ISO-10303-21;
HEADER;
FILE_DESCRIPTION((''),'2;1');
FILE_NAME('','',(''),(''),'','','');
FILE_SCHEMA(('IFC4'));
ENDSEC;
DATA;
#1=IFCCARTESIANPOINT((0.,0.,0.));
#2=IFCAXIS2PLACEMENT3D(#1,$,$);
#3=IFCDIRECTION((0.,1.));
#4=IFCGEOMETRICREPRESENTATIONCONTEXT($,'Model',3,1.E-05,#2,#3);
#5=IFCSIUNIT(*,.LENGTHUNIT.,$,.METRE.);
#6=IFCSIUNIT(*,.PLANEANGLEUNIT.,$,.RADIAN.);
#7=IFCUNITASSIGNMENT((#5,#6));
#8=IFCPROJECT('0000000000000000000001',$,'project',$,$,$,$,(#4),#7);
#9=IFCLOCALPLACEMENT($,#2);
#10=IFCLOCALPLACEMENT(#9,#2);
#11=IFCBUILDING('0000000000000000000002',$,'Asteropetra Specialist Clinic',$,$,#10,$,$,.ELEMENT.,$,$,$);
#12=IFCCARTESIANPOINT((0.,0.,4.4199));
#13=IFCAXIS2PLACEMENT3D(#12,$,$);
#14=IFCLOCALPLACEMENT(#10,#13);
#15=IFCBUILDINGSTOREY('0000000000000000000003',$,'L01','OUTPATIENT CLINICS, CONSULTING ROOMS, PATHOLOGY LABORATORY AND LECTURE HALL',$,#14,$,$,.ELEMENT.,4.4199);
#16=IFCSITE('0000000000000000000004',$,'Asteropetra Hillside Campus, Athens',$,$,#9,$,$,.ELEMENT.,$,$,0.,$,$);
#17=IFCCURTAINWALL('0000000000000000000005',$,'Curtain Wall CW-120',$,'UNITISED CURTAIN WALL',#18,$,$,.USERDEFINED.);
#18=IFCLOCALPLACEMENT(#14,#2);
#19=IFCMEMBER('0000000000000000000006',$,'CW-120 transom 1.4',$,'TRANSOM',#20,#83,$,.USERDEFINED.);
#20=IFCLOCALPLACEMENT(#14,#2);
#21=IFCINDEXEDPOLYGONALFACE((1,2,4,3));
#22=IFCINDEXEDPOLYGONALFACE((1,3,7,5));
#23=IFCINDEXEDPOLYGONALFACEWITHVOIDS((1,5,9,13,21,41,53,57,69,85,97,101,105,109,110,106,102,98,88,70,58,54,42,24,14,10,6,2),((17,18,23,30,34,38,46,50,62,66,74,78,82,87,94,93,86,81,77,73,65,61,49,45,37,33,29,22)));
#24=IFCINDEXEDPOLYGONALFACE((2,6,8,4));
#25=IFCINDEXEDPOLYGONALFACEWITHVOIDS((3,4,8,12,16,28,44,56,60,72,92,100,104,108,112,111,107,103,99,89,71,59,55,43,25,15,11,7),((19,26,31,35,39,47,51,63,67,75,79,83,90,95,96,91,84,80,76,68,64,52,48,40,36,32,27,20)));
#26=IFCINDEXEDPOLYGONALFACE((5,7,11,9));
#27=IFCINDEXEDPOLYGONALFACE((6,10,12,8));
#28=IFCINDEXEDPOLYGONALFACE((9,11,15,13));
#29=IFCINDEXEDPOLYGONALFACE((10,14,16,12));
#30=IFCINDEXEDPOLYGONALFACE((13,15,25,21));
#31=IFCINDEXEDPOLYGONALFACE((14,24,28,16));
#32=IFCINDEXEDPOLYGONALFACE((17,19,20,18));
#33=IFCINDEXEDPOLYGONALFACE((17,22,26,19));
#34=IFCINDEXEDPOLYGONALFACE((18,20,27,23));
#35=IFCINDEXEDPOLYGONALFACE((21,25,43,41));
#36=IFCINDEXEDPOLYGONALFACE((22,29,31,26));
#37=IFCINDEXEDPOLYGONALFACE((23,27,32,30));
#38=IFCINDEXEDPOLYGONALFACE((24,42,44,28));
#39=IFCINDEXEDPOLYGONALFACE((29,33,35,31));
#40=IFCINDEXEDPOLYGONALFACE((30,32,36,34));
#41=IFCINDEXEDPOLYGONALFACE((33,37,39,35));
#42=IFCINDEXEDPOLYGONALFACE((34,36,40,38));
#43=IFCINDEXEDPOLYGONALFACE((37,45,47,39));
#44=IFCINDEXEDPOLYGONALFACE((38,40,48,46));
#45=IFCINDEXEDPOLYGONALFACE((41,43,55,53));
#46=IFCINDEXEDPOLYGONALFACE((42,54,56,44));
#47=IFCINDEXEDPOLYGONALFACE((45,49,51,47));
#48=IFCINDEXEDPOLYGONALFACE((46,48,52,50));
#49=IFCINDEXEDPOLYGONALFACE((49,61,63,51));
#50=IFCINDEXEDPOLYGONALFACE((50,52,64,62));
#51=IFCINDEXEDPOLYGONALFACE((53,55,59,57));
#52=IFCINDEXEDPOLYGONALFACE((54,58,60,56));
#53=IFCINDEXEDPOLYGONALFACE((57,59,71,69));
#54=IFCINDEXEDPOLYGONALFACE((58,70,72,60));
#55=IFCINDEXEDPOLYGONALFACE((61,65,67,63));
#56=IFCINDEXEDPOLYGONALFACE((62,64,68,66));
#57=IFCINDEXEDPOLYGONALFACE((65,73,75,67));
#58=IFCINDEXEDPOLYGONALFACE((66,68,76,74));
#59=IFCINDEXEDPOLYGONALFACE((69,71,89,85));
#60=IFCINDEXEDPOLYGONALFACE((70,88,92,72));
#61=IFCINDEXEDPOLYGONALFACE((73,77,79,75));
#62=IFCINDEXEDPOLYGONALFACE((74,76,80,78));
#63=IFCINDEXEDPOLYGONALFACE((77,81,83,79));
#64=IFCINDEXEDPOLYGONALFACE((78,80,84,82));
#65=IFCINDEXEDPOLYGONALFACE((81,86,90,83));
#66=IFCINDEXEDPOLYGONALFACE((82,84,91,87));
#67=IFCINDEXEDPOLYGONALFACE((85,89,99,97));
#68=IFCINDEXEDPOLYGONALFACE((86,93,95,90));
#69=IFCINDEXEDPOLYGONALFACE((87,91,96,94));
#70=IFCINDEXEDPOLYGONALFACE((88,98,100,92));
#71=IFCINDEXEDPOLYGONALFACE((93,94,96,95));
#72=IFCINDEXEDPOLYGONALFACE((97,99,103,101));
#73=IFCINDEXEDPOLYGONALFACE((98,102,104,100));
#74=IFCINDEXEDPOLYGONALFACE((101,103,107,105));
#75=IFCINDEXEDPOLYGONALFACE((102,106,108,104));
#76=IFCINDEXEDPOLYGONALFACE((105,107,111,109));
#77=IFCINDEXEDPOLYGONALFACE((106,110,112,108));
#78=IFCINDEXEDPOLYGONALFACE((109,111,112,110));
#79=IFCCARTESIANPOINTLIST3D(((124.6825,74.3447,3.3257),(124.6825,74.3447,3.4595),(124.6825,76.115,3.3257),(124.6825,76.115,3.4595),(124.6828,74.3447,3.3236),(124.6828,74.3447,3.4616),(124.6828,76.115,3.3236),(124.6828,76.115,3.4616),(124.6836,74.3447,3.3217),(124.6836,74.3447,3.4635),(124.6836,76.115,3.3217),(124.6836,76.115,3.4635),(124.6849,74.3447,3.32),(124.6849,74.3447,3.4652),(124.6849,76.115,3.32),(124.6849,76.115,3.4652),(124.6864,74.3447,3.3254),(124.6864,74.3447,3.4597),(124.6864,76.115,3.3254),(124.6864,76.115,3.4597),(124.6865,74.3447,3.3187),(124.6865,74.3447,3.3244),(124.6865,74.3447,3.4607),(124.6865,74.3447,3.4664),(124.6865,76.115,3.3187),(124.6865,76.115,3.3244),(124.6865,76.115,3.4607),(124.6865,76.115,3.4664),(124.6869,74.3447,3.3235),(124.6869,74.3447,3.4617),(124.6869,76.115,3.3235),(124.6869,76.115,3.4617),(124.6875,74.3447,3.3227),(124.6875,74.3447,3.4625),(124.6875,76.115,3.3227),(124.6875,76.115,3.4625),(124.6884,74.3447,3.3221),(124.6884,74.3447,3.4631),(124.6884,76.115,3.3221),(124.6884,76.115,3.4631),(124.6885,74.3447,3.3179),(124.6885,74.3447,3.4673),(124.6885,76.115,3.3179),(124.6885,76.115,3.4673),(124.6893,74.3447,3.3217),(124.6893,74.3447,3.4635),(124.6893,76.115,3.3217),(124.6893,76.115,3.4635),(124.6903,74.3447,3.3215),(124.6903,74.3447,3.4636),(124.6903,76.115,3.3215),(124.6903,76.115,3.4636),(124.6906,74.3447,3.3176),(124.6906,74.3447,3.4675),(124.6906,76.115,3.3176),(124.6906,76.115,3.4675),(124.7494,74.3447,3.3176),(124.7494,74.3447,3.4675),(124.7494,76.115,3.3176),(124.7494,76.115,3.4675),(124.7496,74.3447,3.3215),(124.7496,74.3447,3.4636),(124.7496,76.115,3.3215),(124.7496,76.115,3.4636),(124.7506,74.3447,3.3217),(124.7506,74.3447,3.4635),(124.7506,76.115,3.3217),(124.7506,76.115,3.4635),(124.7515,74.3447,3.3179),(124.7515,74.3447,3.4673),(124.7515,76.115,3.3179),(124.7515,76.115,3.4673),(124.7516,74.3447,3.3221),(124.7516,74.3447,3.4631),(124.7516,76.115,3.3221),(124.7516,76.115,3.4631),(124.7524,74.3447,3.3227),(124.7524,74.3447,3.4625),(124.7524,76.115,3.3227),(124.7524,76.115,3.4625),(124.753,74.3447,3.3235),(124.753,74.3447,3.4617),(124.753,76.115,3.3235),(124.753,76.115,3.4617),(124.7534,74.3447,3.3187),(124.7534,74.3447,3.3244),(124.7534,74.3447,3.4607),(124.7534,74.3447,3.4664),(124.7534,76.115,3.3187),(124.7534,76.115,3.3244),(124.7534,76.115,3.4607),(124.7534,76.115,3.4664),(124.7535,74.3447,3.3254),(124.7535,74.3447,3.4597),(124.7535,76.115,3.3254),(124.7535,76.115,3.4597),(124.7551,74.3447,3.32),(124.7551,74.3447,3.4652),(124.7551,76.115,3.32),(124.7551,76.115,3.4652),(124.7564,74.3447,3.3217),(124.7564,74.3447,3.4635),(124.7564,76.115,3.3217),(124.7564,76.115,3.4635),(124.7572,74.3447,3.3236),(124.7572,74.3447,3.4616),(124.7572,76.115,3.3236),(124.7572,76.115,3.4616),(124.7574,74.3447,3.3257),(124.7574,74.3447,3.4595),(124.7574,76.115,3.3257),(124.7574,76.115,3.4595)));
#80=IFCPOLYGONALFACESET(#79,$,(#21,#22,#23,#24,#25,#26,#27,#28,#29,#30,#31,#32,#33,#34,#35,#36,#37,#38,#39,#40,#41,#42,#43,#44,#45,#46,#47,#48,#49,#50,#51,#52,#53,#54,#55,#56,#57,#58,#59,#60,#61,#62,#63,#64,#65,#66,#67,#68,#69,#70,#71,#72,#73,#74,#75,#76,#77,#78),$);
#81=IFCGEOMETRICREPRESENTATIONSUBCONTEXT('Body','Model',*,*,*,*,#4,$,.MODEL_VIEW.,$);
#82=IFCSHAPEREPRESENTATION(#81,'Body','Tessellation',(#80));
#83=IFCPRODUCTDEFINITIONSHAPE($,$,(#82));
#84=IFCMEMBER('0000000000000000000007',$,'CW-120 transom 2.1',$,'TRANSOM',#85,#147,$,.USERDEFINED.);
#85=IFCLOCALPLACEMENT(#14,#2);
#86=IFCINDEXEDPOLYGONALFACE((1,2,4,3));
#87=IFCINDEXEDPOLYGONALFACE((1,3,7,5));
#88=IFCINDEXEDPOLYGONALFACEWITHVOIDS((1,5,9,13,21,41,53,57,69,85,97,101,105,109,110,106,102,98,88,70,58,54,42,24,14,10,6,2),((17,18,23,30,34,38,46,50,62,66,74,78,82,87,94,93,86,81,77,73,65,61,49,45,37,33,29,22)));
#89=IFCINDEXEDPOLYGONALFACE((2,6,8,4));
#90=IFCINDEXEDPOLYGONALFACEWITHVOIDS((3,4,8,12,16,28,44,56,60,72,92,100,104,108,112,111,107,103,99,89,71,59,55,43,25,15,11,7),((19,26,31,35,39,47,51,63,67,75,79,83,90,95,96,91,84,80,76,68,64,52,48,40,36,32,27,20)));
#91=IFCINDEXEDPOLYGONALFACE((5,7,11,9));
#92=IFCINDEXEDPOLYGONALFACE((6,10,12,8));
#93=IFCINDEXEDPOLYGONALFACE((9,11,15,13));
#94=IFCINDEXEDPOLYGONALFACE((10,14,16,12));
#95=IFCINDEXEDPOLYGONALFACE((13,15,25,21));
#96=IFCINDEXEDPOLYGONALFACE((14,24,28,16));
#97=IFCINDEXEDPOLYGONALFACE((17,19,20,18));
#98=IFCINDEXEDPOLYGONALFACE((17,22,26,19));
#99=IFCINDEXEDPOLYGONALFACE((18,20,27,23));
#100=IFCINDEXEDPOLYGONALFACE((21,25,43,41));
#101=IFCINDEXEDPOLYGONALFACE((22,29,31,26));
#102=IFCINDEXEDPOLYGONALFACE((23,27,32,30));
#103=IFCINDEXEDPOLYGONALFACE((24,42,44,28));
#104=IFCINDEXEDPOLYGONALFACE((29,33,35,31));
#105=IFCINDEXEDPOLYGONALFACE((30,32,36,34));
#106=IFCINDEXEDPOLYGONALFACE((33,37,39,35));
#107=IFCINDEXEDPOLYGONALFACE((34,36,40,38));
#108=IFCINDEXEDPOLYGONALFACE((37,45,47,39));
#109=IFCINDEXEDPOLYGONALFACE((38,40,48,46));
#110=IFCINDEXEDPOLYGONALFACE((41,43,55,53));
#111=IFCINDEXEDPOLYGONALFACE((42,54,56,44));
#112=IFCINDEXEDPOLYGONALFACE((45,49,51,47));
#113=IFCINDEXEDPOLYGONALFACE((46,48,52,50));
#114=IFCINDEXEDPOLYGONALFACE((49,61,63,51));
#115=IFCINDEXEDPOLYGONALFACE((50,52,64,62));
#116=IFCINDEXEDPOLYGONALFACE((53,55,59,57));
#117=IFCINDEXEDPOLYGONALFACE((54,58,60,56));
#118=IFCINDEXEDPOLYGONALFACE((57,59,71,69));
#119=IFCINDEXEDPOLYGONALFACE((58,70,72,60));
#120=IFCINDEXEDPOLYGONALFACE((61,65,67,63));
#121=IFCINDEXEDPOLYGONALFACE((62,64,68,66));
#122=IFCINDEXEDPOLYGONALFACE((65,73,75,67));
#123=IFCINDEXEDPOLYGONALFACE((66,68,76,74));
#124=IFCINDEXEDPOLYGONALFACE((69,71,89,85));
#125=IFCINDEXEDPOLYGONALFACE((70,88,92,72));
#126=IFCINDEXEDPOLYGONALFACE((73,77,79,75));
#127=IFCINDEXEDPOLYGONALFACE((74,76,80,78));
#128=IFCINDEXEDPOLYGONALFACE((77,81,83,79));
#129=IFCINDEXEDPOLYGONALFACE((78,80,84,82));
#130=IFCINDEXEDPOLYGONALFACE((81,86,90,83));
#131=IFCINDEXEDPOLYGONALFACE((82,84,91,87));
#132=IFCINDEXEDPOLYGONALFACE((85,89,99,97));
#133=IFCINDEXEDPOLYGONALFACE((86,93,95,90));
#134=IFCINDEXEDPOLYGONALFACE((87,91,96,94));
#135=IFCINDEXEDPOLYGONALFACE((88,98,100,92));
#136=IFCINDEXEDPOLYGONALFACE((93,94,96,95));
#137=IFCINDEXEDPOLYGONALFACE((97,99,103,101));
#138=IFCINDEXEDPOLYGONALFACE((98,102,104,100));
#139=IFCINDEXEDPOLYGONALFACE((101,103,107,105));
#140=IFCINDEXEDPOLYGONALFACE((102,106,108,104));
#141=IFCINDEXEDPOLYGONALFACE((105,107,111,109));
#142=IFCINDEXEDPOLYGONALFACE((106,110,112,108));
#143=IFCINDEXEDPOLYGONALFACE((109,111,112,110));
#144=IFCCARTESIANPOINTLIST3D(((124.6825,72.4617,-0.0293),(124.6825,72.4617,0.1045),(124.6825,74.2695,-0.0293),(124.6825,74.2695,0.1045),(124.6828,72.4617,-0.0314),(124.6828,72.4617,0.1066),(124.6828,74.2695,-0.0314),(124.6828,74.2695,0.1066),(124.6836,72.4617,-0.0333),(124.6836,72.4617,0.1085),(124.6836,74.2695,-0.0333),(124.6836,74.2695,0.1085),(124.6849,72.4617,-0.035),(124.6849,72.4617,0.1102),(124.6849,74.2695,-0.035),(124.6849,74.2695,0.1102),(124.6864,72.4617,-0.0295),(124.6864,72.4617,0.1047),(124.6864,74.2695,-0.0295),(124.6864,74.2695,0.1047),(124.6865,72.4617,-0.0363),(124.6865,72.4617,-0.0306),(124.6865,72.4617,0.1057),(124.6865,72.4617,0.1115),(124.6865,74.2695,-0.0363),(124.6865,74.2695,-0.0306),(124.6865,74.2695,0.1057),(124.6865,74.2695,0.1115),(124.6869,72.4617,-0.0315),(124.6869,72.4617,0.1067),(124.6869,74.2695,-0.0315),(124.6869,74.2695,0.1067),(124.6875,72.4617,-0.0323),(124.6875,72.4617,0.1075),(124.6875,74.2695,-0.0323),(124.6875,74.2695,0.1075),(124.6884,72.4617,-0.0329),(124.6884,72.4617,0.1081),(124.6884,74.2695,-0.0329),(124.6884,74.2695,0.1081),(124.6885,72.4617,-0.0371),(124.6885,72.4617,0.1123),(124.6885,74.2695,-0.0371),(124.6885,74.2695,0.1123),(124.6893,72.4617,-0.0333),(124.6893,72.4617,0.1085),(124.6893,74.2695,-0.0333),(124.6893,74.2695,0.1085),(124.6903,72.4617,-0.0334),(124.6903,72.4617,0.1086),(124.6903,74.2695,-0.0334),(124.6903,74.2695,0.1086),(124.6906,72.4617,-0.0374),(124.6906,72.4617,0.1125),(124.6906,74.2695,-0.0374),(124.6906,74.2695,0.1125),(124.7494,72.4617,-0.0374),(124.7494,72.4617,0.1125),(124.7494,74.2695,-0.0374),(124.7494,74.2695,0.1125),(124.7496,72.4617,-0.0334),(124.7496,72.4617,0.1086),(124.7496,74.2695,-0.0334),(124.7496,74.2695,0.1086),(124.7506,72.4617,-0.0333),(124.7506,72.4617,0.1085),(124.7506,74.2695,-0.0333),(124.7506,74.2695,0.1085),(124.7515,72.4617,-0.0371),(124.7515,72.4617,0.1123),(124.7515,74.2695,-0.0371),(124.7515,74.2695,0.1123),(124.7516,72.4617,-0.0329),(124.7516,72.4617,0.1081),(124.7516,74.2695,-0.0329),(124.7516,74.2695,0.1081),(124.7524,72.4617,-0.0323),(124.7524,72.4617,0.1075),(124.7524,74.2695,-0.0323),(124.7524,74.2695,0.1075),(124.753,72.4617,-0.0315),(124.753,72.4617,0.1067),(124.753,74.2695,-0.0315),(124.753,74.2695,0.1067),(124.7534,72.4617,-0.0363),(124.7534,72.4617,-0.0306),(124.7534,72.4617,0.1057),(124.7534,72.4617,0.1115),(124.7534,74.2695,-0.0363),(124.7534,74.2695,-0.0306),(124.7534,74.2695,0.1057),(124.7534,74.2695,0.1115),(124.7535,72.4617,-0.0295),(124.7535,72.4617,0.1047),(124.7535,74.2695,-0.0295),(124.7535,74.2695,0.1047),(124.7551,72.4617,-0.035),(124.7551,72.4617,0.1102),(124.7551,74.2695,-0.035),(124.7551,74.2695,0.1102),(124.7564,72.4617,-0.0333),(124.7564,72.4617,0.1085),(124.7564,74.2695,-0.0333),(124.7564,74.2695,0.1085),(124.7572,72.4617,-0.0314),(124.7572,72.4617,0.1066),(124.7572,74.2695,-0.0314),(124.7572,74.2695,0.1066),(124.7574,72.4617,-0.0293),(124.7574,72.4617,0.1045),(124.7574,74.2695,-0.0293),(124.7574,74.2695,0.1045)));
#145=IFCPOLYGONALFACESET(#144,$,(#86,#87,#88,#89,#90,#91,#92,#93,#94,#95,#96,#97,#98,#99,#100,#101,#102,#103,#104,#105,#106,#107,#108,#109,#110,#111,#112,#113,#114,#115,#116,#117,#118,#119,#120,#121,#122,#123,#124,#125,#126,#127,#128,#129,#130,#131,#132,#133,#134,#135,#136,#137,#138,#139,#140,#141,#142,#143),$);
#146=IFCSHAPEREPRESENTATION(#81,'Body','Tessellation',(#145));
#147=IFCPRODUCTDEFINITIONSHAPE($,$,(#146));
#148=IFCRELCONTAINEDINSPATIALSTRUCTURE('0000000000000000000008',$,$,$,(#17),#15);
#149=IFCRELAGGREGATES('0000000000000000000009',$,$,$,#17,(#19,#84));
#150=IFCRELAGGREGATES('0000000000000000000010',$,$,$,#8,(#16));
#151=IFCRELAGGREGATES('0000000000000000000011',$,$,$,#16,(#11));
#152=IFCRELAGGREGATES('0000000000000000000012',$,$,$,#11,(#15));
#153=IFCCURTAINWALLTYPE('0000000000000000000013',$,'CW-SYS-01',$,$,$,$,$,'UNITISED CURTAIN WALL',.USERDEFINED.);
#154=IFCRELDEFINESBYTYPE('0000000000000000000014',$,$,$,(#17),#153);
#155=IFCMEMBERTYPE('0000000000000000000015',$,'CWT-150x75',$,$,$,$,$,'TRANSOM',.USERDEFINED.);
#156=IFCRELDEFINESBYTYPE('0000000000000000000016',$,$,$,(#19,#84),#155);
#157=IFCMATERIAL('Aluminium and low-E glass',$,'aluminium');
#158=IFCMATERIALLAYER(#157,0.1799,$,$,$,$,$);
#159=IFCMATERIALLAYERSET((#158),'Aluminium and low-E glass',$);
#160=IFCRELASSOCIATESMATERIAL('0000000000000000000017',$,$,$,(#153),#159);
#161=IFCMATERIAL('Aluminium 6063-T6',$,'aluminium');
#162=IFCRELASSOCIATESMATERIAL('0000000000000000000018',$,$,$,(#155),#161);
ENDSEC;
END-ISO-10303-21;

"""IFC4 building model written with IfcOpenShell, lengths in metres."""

from ifc_helpers import new_model, si_unit, direction, frame, origin, origin_2d, place, context, subcontext, project, spatial, hollow_rectangle, extrude, material, layer, layer_set, material_profile, profile_set, type_object, element, aggregate, save


model = new_model("IFC4")

# Units and contexts
model_context = context("Model", 3, precision=1e-05, world=origin(), true_north=direction((0.0, 1.0)))
body_context = subcontext(model_context, "Body", "Model", "MODEL_VIEW")
ifc_project = project(units=[si_unit("LENGTHUNIT", "METRE"), si_unit("PLANEANGLEUNIT", "RADIAN")], contexts=[model_context])

# Site, building, storey
site_placement = place(None, origin())
site = spatial("IfcSite", under=ifc_project, at=site_placement, Name="Asteropetra Hillside Campus, Athens", CompositionType="ELEMENT", RefElevation=0.0)
building_placement = place(site_placement, origin())
building = spatial("IfcBuilding", under=site, at=building_placement, Name="Asteropetra Specialist Clinic", CompositionType="ELEMENT")
storey_placement = place(building_placement, frame((0.0, 0.0, 4.4199)))
storey = spatial("IfcBuildingStorey", under=building, at=storey_placement, Name="L01", Description="OUTPATIENT CLINICS, CONSULTING ROOMS, PATHOLOGY LABORATORY AND LECTURE HALL", CompositionType="ELEMENT", Elevation=4.4199)

# Curtain wall, members
ifc_material_1 = material(Name="Aluminium and low-E glass", Category="aluminium")
ifc_layer_1 = layer(ifc_material_1, 0.1799)
ifc_layer_set_1 = layer_set([ifc_layer_1], Name="Aluminium and low-E glass")
curtain_wall_type = type_object("IfcCurtainWallType", Name="CW-SYS-01", ElementType="UNITISED CURTAIN WALL", PredefinedType="USERDEFINED", material=ifc_layer_set_1)
curtain_wall_placement = place(storey_placement, origin())
curtain_wall = element("IfcCurtainWall", 1, at=curtain_wall_placement, inside=storey, type_object=curtain_wall_type, Name="Curtain Wall CW-120", ObjectType="UNITISED CURTAIN WALL", PredefinedType="USERDEFINED")
ifc_material_2 = material(Name="Aluminium 6063-T6", Category="aluminium")
ifc_material_profile_1 = material_profile(ifc_material_2, hollow_rectangle(XDim=0.075, YDim=0.1499, WallThickness=0.0039, InnerFilletRadius=0.0039, OuterFilletRadius=0.0081, at=origin_2d()), Name="TRN 150x75x4.0")
ifc_profile_set_1 = profile_set([ifc_material_profile_1], Name="Aluminium 6063-T6")
member_type_1 = type_object("IfcMemberType", Name="CWT-150x75", ElementType="TRANSOM", PredefinedType="USERDEFINED", material=ifc_profile_set_1)
member_1_placement = place(storey_placement, frame((124.72, 76.115, 3.3926), z_axis=(0.0, -1.0, 0.0), x_axis=(1.0, 0.0, 0.0)))
member_1 = element("IfcMember", 2, at=member_1_placement, type_object=member_type_1, Name="CW-120 transom 1.4", ObjectType="TRANSOM", PredefinedType="USERDEFINED", context=body_context, shape_type="SweptSolid", body=[
    extrude(hollow_rectangle(XDim=0.075, YDim=0.1499, WallThickness=0.0039, InnerFilletRadius=0.0039, OuterFilletRadius=0.0081, at=origin_2d()), origin(), (0.0, 0.0, 1.0), 1.7703),
])
member_2_placement = place(storey_placement, frame((124.72, 74.2695, 0.0376), z_axis=(0.0, -1.0, 0.0), x_axis=(1.0, 0.0, 0.0)))
member_2 = element("IfcMember", 3, at=member_2_placement, type_object=member_type_1, Name="CW-120 transom 2.1", ObjectType="TRANSOM", PredefinedType="USERDEFINED", context=body_context, shape_type="SweptSolid", body=[
    extrude(hollow_rectangle(XDim=0.075, YDim=0.1499, WallThickness=0.0039, InnerFilletRadius=0.0039, OuterFilletRadius=0.0081, at=origin_2d()), origin(), (0.0, 0.0, 1.0), 1.8079),
])

aggregate(curtain_wall, [member_1, member_2])

save(model, "model.ifc")
